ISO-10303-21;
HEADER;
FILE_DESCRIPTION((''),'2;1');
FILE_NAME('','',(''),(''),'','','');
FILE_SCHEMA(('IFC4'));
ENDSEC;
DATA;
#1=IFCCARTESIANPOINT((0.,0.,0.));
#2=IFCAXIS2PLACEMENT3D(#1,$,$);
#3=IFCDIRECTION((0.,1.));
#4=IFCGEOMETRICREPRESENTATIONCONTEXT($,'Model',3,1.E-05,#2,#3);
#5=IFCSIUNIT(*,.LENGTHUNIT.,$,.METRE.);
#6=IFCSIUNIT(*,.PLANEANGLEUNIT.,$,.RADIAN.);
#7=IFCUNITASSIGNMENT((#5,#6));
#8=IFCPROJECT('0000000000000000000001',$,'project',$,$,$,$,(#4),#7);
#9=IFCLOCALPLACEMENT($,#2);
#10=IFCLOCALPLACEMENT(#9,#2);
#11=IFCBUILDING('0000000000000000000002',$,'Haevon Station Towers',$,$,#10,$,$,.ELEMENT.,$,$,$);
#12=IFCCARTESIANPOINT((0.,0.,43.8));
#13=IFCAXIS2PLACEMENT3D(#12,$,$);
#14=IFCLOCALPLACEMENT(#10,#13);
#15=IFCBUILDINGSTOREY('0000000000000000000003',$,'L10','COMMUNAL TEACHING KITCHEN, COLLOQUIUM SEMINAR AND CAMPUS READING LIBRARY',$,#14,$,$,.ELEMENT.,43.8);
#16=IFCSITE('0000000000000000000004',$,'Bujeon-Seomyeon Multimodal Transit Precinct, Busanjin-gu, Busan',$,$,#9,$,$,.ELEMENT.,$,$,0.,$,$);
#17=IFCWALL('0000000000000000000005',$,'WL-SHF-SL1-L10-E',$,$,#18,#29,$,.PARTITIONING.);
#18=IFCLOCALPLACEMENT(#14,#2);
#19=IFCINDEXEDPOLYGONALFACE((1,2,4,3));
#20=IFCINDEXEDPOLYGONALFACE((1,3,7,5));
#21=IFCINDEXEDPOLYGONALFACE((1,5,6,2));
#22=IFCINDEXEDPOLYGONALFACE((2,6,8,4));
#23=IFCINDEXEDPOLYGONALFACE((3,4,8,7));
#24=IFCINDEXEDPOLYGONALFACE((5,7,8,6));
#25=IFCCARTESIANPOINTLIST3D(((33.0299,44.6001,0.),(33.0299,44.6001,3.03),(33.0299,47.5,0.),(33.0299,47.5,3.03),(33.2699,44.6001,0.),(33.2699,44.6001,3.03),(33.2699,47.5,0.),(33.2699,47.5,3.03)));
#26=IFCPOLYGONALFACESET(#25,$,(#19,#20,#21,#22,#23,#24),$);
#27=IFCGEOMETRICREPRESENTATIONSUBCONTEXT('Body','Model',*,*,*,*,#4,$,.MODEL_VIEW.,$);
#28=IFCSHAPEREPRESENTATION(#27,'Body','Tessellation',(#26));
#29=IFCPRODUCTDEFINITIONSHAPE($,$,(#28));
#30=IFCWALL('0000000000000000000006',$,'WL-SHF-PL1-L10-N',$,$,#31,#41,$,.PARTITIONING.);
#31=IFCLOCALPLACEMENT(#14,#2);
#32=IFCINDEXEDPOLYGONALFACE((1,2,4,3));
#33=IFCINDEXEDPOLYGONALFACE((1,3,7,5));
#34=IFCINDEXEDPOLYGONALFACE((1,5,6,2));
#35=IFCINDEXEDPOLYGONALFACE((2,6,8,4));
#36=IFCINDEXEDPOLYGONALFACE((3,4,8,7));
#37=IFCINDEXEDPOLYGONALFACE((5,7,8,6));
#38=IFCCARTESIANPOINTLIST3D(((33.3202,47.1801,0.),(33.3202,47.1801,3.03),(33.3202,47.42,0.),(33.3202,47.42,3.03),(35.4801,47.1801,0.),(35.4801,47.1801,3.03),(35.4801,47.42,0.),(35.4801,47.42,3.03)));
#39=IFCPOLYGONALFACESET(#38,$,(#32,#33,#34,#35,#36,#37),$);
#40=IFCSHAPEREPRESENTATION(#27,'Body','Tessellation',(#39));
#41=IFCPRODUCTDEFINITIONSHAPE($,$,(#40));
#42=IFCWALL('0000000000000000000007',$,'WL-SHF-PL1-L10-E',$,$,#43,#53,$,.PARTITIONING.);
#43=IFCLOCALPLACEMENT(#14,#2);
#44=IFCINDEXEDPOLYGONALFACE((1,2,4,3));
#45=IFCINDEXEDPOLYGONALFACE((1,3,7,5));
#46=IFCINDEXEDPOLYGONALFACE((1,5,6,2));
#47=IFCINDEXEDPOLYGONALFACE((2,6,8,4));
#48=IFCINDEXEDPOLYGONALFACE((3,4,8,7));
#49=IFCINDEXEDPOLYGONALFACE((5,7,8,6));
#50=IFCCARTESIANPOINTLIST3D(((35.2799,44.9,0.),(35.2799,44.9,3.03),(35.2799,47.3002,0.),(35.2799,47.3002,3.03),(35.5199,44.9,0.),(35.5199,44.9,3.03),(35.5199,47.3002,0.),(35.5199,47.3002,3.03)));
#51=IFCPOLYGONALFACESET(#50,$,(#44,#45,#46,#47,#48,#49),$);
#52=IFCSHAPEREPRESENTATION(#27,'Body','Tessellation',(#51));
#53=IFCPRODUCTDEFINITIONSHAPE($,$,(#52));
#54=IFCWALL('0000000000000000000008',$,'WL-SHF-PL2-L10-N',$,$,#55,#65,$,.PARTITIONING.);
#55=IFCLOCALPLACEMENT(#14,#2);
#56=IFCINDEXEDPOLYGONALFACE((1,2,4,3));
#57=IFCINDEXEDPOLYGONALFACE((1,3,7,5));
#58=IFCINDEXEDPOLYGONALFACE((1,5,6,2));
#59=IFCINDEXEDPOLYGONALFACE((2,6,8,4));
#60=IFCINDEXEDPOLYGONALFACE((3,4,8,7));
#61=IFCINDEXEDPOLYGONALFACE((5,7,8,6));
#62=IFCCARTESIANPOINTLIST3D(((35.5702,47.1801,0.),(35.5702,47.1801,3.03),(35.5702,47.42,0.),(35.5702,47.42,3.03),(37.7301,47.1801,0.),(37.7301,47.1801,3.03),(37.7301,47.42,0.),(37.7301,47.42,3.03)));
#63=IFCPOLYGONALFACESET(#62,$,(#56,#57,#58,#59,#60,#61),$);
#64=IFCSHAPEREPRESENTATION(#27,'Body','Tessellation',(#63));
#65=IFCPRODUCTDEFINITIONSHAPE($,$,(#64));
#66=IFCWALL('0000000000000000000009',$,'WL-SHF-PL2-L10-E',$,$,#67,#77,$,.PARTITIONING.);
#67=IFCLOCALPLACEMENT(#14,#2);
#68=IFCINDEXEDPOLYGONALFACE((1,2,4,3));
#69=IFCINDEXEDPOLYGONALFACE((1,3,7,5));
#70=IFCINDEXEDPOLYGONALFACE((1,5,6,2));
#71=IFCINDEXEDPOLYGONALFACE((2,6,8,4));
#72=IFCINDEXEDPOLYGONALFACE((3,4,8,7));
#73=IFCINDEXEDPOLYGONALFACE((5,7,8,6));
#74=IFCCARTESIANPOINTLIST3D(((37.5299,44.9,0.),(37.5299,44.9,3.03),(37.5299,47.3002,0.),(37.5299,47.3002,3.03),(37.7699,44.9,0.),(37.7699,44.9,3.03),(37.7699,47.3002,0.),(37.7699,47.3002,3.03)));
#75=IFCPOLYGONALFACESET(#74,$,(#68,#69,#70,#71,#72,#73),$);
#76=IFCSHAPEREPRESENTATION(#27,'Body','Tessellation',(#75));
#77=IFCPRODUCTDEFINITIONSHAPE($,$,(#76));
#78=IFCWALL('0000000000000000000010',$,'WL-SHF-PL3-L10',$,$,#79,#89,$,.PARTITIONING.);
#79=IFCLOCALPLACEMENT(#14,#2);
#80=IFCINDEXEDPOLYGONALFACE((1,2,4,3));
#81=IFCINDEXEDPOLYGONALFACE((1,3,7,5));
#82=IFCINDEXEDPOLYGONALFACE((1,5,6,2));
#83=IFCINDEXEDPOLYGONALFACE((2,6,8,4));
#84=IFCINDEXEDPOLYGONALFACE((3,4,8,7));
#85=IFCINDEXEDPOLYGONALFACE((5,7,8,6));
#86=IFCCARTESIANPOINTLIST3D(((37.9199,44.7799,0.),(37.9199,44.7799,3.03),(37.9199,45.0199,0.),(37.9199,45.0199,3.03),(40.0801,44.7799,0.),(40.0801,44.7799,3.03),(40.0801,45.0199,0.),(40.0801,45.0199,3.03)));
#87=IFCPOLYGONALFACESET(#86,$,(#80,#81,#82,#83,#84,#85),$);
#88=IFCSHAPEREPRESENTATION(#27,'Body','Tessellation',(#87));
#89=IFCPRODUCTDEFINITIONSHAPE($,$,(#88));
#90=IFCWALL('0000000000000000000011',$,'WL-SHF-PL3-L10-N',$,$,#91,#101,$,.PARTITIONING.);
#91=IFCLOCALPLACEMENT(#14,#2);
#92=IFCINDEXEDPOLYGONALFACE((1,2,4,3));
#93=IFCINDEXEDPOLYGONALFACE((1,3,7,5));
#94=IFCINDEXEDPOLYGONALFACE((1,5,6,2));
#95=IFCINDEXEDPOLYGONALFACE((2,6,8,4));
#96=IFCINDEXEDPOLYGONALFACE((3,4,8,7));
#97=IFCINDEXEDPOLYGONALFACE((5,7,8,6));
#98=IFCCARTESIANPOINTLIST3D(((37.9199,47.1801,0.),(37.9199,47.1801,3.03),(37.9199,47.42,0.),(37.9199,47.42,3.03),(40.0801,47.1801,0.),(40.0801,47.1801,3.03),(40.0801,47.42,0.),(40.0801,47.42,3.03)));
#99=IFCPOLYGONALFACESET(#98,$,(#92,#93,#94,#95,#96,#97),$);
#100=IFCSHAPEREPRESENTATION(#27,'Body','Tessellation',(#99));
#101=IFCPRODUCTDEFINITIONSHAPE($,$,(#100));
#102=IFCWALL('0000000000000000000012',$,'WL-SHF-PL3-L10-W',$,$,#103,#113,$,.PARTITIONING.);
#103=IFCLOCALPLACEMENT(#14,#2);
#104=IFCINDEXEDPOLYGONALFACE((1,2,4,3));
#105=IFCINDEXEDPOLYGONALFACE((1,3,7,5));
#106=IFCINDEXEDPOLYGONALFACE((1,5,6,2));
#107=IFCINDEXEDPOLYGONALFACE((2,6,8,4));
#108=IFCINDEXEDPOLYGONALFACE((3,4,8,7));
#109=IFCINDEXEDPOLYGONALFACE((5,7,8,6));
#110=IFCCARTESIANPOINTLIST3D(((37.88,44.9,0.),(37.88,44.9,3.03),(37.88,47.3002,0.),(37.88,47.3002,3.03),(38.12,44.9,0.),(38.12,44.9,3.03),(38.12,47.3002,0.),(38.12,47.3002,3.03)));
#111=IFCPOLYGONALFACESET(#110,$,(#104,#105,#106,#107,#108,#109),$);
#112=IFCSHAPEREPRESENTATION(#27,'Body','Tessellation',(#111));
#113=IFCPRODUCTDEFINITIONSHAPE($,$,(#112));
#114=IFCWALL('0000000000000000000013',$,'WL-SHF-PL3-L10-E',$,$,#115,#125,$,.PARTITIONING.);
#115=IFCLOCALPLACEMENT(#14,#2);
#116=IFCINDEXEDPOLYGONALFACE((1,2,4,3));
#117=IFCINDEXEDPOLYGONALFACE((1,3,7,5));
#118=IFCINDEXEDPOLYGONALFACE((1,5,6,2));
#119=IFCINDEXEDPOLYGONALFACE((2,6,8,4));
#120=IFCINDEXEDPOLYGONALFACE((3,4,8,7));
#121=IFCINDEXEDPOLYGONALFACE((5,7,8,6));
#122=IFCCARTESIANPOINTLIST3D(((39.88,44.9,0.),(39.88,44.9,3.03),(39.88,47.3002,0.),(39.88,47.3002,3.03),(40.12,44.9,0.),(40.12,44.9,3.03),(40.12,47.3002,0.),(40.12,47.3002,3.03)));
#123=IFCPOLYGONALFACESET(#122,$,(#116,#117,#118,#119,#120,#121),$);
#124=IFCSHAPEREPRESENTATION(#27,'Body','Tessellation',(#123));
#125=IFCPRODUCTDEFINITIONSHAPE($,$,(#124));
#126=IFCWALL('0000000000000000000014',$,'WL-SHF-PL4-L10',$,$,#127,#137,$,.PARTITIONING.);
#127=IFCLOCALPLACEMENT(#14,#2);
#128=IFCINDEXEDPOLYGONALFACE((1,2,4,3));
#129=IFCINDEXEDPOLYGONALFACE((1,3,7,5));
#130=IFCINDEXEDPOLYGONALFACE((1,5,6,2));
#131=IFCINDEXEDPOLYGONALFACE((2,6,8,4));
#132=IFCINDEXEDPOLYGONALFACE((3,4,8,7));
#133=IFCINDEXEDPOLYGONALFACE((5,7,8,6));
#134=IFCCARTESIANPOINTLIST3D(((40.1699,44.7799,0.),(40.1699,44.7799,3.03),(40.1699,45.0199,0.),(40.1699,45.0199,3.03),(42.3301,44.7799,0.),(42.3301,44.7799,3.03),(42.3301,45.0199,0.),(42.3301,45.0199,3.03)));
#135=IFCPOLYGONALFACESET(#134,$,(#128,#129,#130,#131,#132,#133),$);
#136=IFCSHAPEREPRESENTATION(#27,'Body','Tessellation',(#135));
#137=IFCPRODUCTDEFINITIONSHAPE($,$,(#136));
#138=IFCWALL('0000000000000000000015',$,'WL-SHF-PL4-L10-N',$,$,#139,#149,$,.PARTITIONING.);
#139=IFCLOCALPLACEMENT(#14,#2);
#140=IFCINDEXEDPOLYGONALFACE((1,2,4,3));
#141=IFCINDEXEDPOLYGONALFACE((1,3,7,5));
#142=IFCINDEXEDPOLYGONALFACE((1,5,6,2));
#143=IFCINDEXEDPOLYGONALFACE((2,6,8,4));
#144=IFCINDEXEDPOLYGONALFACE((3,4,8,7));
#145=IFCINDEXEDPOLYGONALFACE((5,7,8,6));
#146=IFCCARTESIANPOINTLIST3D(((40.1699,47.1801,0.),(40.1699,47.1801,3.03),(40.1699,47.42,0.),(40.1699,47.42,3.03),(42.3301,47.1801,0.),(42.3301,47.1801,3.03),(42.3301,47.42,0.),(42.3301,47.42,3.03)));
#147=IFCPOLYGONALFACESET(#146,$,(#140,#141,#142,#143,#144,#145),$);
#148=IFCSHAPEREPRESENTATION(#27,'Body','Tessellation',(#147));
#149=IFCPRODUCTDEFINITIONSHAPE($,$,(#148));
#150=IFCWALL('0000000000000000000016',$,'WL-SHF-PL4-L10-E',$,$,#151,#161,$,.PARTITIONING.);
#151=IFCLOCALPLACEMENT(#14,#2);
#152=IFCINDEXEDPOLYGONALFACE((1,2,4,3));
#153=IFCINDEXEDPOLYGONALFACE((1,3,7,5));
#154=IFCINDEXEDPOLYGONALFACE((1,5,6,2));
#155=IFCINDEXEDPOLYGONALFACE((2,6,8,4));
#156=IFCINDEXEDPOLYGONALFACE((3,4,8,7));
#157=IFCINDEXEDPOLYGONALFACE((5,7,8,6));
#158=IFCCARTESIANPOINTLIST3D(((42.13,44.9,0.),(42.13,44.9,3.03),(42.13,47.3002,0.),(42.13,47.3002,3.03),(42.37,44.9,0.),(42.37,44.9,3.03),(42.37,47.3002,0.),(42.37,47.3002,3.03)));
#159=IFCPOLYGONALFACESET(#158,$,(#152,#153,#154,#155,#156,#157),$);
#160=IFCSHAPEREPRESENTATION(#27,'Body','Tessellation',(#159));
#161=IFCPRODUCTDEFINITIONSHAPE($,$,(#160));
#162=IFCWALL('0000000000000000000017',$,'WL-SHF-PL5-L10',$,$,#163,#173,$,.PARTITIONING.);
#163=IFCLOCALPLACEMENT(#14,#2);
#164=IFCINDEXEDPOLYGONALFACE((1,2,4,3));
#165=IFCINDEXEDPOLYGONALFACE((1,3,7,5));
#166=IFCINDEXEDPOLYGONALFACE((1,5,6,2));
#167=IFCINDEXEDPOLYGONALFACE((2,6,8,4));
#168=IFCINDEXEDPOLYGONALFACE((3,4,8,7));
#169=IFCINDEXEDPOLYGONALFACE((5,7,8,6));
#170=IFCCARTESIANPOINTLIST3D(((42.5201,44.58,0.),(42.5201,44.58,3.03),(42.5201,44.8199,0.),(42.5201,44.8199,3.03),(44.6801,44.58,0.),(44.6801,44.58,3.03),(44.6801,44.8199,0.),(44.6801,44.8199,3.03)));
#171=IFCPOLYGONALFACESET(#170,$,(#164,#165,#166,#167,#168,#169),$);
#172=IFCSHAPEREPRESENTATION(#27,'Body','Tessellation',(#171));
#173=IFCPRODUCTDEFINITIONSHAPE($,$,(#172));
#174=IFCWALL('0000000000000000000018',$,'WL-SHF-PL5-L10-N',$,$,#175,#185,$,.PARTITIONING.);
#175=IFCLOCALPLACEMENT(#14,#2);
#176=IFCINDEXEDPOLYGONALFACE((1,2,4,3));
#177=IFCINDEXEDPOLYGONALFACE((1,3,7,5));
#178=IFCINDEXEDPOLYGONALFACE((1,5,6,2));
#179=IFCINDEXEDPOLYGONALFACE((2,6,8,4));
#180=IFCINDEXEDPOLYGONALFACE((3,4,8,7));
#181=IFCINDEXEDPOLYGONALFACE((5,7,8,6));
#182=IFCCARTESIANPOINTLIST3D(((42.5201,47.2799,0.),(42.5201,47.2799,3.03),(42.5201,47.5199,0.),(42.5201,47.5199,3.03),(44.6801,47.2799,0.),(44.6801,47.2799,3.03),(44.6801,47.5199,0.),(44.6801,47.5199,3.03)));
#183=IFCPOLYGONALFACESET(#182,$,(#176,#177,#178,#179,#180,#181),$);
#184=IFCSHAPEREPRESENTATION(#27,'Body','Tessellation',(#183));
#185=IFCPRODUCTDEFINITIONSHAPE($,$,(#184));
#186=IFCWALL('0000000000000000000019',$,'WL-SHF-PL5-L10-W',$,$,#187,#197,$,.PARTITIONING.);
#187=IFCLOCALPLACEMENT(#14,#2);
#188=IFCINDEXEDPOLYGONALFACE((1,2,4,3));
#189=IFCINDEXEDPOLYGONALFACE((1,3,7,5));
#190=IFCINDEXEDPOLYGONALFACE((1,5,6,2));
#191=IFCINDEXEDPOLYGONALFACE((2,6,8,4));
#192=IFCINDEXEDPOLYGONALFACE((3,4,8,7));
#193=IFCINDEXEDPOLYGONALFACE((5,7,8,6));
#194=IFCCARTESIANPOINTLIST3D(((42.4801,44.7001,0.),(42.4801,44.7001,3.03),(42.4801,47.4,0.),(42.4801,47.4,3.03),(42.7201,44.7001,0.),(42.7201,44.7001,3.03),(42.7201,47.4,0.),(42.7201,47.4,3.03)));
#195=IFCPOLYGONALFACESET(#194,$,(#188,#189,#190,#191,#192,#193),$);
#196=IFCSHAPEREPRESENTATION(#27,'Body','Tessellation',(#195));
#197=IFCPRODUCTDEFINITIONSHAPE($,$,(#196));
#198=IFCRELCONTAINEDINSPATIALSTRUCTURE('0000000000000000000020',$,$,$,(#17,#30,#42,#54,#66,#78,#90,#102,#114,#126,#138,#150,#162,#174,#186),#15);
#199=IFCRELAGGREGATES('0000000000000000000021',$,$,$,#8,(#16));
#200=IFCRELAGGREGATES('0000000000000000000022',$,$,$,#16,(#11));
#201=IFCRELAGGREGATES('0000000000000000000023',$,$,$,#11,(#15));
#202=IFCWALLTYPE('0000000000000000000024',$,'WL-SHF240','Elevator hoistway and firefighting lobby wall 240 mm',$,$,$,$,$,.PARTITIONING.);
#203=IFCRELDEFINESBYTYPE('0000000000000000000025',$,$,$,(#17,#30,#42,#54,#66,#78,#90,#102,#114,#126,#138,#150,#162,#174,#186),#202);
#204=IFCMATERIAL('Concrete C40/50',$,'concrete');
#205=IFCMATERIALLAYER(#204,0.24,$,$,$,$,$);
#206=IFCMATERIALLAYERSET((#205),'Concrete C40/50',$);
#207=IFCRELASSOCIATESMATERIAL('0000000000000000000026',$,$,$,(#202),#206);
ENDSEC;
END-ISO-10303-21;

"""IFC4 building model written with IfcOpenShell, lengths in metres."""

from ifc_helpers import new_model, si_unit, direction, frame, frame_2d, origin, place, context, subcontext, project, spatial, rectangle, extrude, material, layer, layer_set, type_object, element, save


model = new_model("IFC4")

# Units and contexts
model_context = context("Model", 3, precision=1e-05, world=origin(), true_north=direction((0.0, 1.0)))
body_context = subcontext(model_context, "Body", "Model", "MODEL_VIEW")
ifc_project = project(units=[si_unit("LENGTHUNIT", "METRE"), si_unit("PLANEANGLEUNIT", "RADIAN")], contexts=[model_context])

# Site, building, storey
site_placement = place(None, origin())
site = spatial("IfcSite", under=ifc_project, at=site_placement, Name="Bujeon-Seomyeon Multimodal Transit Precinct, Busanjin-gu, Busan", CompositionType="ELEMENT", RefElevation=0.0)
building_placement = place(site_placement, origin())
building = spatial("IfcBuilding", under=site, at=building_placement, Name="Haevon Station Towers", CompositionType="ELEMENT")
storey_placement = place(building_placement, frame((0.0, 0.0, 43.8)))
storey = spatial("IfcBuildingStorey", under=building, at=storey_placement, Name="L10", Description="COMMUNAL TEACHING KITCHEN, COLLOQUIUM SEMINAR AND CAMPUS READING LIBRARY", CompositionType="ELEMENT", Elevation=43.8)

# Shared definitions
ifc_material_1 = material(Name="Concrete C40/50", Category="concrete")
ifc_layer_1 = layer(ifc_material_1, 0.24)
ifc_layer_set_1 = layer_set([ifc_layer_1], Name="Concrete C40/50")
wall_type_1 = type_object("IfcWallType", Name="WL-SHF240", Description="Elevator hoistway and firefighting lobby wall 240 mm", PredefinedType="PARTITIONING", material=ifc_layer_set_1)

# Wall
for number, where, z_axis, x_axis, name in (
    (1, (33.1499, 44.6001, 0.0), (0.0, 0.0, 1.0), (0.0, 1.0, 0.0), "WL-SHF-SL1-L10-E"),
):
    element("IfcWall", number, at=place(storey_placement, frame(where, z_axis=z_axis, x_axis=x_axis)), inside=storey, type_object=wall_type_1, Name=name, PredefinedType="PARTITIONING", context=body_context, shape_type="SweptSolid", body=[
        extrude(rectangle(XDim=2.8999, YDim=0.24, at=frame_2d((1.45, 0.0))), origin(), (0.0, 0.0, 1.0), 3.03),
    ])

# Walls
wall_1_placement = place(storey_placement, frame((33.3201, 47.3, 0.0), z_axis=(0.0, 0.0, 1.0), x_axis=(1.0, 0.0, 0.0)))
element("IfcWall", 2, at=wall_1_placement, inside=storey, type_object=wall_type_1, Name="WL-SHF-PL1-L10-N", PredefinedType="PARTITIONING", context=body_context, shape_type="SweptSolid", body=[
    extrude(rectangle(XDim=2.1599, YDim=0.24, at=frame_2d((1.0801, 0.0))), origin(), (0.0, 0.0, 1.0), 3.03),
])
wall_2_placement = place(storey_placement, frame((35.3999, 44.8999, 0.0), z_axis=(0.0, 0.0, 1.0), x_axis=(0.0, 1.0, 0.0)))
element("IfcWall", 3, at=wall_2_placement, inside=storey, type_object=wall_type_1, Name="WL-SHF-PL1-L10-E", PredefinedType="PARTITIONING", context=body_context, shape_type="SweptSolid", body=[
    extrude(rectangle(XDim=2.4001, YDim=0.24, at=frame_2d((1.2002, 0.0))), origin(), (0.0, 0.0, 1.0), 3.03),
])

# Walls
wall_3_placement = place(storey_placement, frame((35.5701, 47.3, 0.0), z_axis=(0.0, 0.0, 1.0), x_axis=(1.0, 0.0, 0.0)))
element("IfcWall", 4, at=wall_3_placement, inside=storey, type_object=wall_type_1, Name="WL-SHF-PL2-L10-N", PredefinedType="PARTITIONING", context=body_context, shape_type="SweptSolid", body=[
    extrude(rectangle(XDim=2.1599, YDim=0.24, at=frame_2d((1.0801, 0.0))), origin(), (0.0, 0.0, 1.0), 3.03),
])
wall_4_placement = place(storey_placement, frame((37.6499, 44.8999, 0.0), z_axis=(0.0, 0.0, 1.0), x_axis=(0.0, 1.0, 0.0)))
element("IfcWall", 5, at=wall_4_placement, inside=storey, type_object=wall_type_1, Name="WL-SHF-PL2-L10-E", PredefinedType="PARTITIONING", context=body_context, shape_type="SweptSolid", body=[
    extrude(rectangle(XDim=2.4001, YDim=0.24, at=frame_2d((1.2002, 0.0))), origin(), (0.0, 0.0, 1.0), 3.03),
])
for number, where, z_axis, x_axis, name in (
    (6, (37.9199, 44.8999, 0.0), (0.0, 0.0, 1.0), (1.0, 0.0, 0.0), "WL-SHF-PL3-L10"),
    (7, (37.9199, 47.3, 0.0), (0.0, 0.0, 1.0), (1.0, 0.0, 0.0), "WL-SHF-PL3-L10-N"),
):
    element("IfcWall", number, at=place(storey_placement, frame(where, z_axis=z_axis, x_axis=x_axis)), inside=storey, type_object=wall_type_1, Name=name, PredefinedType="PARTITIONING", context=body_context, shape_type="SweptSolid", body=[
        extrude(rectangle(XDim=2.1602, YDim=0.24, at=frame_2d((1.0801, 0.0))), origin(), (0.0, 0.0, 1.0), 3.03),
    ])
for number, where, z_axis, x_axis, name in (
    (8, (38.0, 44.8999, 0.0), (0.0, 0.0, 1.0), (0.0, 1.0, 0.0), "WL-SHF-PL3-L10-W"),
    (9, (40.0, 44.8999, 0.0), (0.0, 0.0, 1.0), (0.0, 1.0, 0.0), "WL-SHF-PL3-L10-E"),
):
    element("IfcWall", number, at=place(storey_placement, frame(where, z_axis=z_axis, x_axis=x_axis)), inside=storey, type_object=wall_type_1, Name=name, PredefinedType="PARTITIONING", context=body_context, shape_type="SweptSolid", body=[
        extrude(rectangle(XDim=2.4001, YDim=0.24, at=frame_2d((1.2002, 0.0))), origin(), (0.0, 0.0, 1.0), 3.03),
    ])
for number, where, z_axis, x_axis, name in (
    (10, (40.1699, 44.8999, 0.0), (0.0, 0.0, 1.0), (1.0, 0.0, 0.0), "WL-SHF-PL4-L10"),
    (11, (40.1699, 47.3, 0.0), (0.0, 0.0, 1.0), (1.0, 0.0, 0.0), "WL-SHF-PL4-L10-N"),
):
    element("IfcWall", number, at=place(storey_placement, frame(where, z_axis=z_axis, x_axis=x_axis)), inside=storey, type_object=wall_type_1, Name=name, PredefinedType="PARTITIONING", context=body_context, shape_type="SweptSolid", body=[
        extrude(rectangle(XDim=2.1602, YDim=0.24, at=frame_2d((1.0801, 0.0))), origin(), (0.0, 0.0, 1.0), 3.03),
    ])
wall_5_placement = place(storey_placement, frame((42.25, 44.8999, 0.0), z_axis=(0.0, 0.0, 1.0), x_axis=(0.0, 1.0, 0.0)))
element("IfcWall", 12, at=wall_5_placement, inside=storey, type_object=wall_type_1, Name="WL-SHF-PL4-L10-E", PredefinedType="PARTITIONING", context=body_context, shape_type="SweptSolid", body=[
    extrude(rectangle(XDim=2.4001, YDim=0.24, at=frame_2d((1.2002, 0.0))), origin(), (0.0, 0.0, 1.0), 3.03),
])
for number, where, z_axis, x_axis, name in (
    (13, (42.52, 44.7, 0.0), (0.0, 0.0, 1.0), (1.0, 0.0, 0.0), "WL-SHF-PL5-L10"),
    (14, (42.52, 47.3999, 0.0), (0.0, 0.0, 1.0), (1.0, 0.0, 0.0), "WL-SHF-PL5-L10-N"),
):
    element("IfcWall", number, at=place(storey_placement, frame(where, z_axis=z_axis, x_axis=x_axis)), inside=storey, type_object=wall_type_1, Name=name, PredefinedType="PARTITIONING", context=body_context, shape_type="SweptSolid", body=[
        extrude(rectangle(XDim=2.1599, YDim=0.24, at=frame_2d((1.0801, 0.0))), origin(), (0.0, 0.0, 1.0), 3.03),
    ])
wall_6_placement = place(storey_placement, frame((42.6001, 44.7, 0.0), z_axis=(0.0, 0.0, 1.0), x_axis=(0.0, 1.0, 0.0)))
element("IfcWall", 15, at=wall_6_placement, inside=storey, type_object=wall_type_1, Name="WL-SHF-PL5-L10-W", PredefinedType="PARTITIONING", context=body_context, shape_type="SweptSolid", body=[
    extrude(rectangle(XDim=2.7, YDim=0.24, at=frame_2d((1.3501, 0.0))), origin(), (0.0, 0.0, 1.0), 3.03),
])

save(model, "model.ifc")
